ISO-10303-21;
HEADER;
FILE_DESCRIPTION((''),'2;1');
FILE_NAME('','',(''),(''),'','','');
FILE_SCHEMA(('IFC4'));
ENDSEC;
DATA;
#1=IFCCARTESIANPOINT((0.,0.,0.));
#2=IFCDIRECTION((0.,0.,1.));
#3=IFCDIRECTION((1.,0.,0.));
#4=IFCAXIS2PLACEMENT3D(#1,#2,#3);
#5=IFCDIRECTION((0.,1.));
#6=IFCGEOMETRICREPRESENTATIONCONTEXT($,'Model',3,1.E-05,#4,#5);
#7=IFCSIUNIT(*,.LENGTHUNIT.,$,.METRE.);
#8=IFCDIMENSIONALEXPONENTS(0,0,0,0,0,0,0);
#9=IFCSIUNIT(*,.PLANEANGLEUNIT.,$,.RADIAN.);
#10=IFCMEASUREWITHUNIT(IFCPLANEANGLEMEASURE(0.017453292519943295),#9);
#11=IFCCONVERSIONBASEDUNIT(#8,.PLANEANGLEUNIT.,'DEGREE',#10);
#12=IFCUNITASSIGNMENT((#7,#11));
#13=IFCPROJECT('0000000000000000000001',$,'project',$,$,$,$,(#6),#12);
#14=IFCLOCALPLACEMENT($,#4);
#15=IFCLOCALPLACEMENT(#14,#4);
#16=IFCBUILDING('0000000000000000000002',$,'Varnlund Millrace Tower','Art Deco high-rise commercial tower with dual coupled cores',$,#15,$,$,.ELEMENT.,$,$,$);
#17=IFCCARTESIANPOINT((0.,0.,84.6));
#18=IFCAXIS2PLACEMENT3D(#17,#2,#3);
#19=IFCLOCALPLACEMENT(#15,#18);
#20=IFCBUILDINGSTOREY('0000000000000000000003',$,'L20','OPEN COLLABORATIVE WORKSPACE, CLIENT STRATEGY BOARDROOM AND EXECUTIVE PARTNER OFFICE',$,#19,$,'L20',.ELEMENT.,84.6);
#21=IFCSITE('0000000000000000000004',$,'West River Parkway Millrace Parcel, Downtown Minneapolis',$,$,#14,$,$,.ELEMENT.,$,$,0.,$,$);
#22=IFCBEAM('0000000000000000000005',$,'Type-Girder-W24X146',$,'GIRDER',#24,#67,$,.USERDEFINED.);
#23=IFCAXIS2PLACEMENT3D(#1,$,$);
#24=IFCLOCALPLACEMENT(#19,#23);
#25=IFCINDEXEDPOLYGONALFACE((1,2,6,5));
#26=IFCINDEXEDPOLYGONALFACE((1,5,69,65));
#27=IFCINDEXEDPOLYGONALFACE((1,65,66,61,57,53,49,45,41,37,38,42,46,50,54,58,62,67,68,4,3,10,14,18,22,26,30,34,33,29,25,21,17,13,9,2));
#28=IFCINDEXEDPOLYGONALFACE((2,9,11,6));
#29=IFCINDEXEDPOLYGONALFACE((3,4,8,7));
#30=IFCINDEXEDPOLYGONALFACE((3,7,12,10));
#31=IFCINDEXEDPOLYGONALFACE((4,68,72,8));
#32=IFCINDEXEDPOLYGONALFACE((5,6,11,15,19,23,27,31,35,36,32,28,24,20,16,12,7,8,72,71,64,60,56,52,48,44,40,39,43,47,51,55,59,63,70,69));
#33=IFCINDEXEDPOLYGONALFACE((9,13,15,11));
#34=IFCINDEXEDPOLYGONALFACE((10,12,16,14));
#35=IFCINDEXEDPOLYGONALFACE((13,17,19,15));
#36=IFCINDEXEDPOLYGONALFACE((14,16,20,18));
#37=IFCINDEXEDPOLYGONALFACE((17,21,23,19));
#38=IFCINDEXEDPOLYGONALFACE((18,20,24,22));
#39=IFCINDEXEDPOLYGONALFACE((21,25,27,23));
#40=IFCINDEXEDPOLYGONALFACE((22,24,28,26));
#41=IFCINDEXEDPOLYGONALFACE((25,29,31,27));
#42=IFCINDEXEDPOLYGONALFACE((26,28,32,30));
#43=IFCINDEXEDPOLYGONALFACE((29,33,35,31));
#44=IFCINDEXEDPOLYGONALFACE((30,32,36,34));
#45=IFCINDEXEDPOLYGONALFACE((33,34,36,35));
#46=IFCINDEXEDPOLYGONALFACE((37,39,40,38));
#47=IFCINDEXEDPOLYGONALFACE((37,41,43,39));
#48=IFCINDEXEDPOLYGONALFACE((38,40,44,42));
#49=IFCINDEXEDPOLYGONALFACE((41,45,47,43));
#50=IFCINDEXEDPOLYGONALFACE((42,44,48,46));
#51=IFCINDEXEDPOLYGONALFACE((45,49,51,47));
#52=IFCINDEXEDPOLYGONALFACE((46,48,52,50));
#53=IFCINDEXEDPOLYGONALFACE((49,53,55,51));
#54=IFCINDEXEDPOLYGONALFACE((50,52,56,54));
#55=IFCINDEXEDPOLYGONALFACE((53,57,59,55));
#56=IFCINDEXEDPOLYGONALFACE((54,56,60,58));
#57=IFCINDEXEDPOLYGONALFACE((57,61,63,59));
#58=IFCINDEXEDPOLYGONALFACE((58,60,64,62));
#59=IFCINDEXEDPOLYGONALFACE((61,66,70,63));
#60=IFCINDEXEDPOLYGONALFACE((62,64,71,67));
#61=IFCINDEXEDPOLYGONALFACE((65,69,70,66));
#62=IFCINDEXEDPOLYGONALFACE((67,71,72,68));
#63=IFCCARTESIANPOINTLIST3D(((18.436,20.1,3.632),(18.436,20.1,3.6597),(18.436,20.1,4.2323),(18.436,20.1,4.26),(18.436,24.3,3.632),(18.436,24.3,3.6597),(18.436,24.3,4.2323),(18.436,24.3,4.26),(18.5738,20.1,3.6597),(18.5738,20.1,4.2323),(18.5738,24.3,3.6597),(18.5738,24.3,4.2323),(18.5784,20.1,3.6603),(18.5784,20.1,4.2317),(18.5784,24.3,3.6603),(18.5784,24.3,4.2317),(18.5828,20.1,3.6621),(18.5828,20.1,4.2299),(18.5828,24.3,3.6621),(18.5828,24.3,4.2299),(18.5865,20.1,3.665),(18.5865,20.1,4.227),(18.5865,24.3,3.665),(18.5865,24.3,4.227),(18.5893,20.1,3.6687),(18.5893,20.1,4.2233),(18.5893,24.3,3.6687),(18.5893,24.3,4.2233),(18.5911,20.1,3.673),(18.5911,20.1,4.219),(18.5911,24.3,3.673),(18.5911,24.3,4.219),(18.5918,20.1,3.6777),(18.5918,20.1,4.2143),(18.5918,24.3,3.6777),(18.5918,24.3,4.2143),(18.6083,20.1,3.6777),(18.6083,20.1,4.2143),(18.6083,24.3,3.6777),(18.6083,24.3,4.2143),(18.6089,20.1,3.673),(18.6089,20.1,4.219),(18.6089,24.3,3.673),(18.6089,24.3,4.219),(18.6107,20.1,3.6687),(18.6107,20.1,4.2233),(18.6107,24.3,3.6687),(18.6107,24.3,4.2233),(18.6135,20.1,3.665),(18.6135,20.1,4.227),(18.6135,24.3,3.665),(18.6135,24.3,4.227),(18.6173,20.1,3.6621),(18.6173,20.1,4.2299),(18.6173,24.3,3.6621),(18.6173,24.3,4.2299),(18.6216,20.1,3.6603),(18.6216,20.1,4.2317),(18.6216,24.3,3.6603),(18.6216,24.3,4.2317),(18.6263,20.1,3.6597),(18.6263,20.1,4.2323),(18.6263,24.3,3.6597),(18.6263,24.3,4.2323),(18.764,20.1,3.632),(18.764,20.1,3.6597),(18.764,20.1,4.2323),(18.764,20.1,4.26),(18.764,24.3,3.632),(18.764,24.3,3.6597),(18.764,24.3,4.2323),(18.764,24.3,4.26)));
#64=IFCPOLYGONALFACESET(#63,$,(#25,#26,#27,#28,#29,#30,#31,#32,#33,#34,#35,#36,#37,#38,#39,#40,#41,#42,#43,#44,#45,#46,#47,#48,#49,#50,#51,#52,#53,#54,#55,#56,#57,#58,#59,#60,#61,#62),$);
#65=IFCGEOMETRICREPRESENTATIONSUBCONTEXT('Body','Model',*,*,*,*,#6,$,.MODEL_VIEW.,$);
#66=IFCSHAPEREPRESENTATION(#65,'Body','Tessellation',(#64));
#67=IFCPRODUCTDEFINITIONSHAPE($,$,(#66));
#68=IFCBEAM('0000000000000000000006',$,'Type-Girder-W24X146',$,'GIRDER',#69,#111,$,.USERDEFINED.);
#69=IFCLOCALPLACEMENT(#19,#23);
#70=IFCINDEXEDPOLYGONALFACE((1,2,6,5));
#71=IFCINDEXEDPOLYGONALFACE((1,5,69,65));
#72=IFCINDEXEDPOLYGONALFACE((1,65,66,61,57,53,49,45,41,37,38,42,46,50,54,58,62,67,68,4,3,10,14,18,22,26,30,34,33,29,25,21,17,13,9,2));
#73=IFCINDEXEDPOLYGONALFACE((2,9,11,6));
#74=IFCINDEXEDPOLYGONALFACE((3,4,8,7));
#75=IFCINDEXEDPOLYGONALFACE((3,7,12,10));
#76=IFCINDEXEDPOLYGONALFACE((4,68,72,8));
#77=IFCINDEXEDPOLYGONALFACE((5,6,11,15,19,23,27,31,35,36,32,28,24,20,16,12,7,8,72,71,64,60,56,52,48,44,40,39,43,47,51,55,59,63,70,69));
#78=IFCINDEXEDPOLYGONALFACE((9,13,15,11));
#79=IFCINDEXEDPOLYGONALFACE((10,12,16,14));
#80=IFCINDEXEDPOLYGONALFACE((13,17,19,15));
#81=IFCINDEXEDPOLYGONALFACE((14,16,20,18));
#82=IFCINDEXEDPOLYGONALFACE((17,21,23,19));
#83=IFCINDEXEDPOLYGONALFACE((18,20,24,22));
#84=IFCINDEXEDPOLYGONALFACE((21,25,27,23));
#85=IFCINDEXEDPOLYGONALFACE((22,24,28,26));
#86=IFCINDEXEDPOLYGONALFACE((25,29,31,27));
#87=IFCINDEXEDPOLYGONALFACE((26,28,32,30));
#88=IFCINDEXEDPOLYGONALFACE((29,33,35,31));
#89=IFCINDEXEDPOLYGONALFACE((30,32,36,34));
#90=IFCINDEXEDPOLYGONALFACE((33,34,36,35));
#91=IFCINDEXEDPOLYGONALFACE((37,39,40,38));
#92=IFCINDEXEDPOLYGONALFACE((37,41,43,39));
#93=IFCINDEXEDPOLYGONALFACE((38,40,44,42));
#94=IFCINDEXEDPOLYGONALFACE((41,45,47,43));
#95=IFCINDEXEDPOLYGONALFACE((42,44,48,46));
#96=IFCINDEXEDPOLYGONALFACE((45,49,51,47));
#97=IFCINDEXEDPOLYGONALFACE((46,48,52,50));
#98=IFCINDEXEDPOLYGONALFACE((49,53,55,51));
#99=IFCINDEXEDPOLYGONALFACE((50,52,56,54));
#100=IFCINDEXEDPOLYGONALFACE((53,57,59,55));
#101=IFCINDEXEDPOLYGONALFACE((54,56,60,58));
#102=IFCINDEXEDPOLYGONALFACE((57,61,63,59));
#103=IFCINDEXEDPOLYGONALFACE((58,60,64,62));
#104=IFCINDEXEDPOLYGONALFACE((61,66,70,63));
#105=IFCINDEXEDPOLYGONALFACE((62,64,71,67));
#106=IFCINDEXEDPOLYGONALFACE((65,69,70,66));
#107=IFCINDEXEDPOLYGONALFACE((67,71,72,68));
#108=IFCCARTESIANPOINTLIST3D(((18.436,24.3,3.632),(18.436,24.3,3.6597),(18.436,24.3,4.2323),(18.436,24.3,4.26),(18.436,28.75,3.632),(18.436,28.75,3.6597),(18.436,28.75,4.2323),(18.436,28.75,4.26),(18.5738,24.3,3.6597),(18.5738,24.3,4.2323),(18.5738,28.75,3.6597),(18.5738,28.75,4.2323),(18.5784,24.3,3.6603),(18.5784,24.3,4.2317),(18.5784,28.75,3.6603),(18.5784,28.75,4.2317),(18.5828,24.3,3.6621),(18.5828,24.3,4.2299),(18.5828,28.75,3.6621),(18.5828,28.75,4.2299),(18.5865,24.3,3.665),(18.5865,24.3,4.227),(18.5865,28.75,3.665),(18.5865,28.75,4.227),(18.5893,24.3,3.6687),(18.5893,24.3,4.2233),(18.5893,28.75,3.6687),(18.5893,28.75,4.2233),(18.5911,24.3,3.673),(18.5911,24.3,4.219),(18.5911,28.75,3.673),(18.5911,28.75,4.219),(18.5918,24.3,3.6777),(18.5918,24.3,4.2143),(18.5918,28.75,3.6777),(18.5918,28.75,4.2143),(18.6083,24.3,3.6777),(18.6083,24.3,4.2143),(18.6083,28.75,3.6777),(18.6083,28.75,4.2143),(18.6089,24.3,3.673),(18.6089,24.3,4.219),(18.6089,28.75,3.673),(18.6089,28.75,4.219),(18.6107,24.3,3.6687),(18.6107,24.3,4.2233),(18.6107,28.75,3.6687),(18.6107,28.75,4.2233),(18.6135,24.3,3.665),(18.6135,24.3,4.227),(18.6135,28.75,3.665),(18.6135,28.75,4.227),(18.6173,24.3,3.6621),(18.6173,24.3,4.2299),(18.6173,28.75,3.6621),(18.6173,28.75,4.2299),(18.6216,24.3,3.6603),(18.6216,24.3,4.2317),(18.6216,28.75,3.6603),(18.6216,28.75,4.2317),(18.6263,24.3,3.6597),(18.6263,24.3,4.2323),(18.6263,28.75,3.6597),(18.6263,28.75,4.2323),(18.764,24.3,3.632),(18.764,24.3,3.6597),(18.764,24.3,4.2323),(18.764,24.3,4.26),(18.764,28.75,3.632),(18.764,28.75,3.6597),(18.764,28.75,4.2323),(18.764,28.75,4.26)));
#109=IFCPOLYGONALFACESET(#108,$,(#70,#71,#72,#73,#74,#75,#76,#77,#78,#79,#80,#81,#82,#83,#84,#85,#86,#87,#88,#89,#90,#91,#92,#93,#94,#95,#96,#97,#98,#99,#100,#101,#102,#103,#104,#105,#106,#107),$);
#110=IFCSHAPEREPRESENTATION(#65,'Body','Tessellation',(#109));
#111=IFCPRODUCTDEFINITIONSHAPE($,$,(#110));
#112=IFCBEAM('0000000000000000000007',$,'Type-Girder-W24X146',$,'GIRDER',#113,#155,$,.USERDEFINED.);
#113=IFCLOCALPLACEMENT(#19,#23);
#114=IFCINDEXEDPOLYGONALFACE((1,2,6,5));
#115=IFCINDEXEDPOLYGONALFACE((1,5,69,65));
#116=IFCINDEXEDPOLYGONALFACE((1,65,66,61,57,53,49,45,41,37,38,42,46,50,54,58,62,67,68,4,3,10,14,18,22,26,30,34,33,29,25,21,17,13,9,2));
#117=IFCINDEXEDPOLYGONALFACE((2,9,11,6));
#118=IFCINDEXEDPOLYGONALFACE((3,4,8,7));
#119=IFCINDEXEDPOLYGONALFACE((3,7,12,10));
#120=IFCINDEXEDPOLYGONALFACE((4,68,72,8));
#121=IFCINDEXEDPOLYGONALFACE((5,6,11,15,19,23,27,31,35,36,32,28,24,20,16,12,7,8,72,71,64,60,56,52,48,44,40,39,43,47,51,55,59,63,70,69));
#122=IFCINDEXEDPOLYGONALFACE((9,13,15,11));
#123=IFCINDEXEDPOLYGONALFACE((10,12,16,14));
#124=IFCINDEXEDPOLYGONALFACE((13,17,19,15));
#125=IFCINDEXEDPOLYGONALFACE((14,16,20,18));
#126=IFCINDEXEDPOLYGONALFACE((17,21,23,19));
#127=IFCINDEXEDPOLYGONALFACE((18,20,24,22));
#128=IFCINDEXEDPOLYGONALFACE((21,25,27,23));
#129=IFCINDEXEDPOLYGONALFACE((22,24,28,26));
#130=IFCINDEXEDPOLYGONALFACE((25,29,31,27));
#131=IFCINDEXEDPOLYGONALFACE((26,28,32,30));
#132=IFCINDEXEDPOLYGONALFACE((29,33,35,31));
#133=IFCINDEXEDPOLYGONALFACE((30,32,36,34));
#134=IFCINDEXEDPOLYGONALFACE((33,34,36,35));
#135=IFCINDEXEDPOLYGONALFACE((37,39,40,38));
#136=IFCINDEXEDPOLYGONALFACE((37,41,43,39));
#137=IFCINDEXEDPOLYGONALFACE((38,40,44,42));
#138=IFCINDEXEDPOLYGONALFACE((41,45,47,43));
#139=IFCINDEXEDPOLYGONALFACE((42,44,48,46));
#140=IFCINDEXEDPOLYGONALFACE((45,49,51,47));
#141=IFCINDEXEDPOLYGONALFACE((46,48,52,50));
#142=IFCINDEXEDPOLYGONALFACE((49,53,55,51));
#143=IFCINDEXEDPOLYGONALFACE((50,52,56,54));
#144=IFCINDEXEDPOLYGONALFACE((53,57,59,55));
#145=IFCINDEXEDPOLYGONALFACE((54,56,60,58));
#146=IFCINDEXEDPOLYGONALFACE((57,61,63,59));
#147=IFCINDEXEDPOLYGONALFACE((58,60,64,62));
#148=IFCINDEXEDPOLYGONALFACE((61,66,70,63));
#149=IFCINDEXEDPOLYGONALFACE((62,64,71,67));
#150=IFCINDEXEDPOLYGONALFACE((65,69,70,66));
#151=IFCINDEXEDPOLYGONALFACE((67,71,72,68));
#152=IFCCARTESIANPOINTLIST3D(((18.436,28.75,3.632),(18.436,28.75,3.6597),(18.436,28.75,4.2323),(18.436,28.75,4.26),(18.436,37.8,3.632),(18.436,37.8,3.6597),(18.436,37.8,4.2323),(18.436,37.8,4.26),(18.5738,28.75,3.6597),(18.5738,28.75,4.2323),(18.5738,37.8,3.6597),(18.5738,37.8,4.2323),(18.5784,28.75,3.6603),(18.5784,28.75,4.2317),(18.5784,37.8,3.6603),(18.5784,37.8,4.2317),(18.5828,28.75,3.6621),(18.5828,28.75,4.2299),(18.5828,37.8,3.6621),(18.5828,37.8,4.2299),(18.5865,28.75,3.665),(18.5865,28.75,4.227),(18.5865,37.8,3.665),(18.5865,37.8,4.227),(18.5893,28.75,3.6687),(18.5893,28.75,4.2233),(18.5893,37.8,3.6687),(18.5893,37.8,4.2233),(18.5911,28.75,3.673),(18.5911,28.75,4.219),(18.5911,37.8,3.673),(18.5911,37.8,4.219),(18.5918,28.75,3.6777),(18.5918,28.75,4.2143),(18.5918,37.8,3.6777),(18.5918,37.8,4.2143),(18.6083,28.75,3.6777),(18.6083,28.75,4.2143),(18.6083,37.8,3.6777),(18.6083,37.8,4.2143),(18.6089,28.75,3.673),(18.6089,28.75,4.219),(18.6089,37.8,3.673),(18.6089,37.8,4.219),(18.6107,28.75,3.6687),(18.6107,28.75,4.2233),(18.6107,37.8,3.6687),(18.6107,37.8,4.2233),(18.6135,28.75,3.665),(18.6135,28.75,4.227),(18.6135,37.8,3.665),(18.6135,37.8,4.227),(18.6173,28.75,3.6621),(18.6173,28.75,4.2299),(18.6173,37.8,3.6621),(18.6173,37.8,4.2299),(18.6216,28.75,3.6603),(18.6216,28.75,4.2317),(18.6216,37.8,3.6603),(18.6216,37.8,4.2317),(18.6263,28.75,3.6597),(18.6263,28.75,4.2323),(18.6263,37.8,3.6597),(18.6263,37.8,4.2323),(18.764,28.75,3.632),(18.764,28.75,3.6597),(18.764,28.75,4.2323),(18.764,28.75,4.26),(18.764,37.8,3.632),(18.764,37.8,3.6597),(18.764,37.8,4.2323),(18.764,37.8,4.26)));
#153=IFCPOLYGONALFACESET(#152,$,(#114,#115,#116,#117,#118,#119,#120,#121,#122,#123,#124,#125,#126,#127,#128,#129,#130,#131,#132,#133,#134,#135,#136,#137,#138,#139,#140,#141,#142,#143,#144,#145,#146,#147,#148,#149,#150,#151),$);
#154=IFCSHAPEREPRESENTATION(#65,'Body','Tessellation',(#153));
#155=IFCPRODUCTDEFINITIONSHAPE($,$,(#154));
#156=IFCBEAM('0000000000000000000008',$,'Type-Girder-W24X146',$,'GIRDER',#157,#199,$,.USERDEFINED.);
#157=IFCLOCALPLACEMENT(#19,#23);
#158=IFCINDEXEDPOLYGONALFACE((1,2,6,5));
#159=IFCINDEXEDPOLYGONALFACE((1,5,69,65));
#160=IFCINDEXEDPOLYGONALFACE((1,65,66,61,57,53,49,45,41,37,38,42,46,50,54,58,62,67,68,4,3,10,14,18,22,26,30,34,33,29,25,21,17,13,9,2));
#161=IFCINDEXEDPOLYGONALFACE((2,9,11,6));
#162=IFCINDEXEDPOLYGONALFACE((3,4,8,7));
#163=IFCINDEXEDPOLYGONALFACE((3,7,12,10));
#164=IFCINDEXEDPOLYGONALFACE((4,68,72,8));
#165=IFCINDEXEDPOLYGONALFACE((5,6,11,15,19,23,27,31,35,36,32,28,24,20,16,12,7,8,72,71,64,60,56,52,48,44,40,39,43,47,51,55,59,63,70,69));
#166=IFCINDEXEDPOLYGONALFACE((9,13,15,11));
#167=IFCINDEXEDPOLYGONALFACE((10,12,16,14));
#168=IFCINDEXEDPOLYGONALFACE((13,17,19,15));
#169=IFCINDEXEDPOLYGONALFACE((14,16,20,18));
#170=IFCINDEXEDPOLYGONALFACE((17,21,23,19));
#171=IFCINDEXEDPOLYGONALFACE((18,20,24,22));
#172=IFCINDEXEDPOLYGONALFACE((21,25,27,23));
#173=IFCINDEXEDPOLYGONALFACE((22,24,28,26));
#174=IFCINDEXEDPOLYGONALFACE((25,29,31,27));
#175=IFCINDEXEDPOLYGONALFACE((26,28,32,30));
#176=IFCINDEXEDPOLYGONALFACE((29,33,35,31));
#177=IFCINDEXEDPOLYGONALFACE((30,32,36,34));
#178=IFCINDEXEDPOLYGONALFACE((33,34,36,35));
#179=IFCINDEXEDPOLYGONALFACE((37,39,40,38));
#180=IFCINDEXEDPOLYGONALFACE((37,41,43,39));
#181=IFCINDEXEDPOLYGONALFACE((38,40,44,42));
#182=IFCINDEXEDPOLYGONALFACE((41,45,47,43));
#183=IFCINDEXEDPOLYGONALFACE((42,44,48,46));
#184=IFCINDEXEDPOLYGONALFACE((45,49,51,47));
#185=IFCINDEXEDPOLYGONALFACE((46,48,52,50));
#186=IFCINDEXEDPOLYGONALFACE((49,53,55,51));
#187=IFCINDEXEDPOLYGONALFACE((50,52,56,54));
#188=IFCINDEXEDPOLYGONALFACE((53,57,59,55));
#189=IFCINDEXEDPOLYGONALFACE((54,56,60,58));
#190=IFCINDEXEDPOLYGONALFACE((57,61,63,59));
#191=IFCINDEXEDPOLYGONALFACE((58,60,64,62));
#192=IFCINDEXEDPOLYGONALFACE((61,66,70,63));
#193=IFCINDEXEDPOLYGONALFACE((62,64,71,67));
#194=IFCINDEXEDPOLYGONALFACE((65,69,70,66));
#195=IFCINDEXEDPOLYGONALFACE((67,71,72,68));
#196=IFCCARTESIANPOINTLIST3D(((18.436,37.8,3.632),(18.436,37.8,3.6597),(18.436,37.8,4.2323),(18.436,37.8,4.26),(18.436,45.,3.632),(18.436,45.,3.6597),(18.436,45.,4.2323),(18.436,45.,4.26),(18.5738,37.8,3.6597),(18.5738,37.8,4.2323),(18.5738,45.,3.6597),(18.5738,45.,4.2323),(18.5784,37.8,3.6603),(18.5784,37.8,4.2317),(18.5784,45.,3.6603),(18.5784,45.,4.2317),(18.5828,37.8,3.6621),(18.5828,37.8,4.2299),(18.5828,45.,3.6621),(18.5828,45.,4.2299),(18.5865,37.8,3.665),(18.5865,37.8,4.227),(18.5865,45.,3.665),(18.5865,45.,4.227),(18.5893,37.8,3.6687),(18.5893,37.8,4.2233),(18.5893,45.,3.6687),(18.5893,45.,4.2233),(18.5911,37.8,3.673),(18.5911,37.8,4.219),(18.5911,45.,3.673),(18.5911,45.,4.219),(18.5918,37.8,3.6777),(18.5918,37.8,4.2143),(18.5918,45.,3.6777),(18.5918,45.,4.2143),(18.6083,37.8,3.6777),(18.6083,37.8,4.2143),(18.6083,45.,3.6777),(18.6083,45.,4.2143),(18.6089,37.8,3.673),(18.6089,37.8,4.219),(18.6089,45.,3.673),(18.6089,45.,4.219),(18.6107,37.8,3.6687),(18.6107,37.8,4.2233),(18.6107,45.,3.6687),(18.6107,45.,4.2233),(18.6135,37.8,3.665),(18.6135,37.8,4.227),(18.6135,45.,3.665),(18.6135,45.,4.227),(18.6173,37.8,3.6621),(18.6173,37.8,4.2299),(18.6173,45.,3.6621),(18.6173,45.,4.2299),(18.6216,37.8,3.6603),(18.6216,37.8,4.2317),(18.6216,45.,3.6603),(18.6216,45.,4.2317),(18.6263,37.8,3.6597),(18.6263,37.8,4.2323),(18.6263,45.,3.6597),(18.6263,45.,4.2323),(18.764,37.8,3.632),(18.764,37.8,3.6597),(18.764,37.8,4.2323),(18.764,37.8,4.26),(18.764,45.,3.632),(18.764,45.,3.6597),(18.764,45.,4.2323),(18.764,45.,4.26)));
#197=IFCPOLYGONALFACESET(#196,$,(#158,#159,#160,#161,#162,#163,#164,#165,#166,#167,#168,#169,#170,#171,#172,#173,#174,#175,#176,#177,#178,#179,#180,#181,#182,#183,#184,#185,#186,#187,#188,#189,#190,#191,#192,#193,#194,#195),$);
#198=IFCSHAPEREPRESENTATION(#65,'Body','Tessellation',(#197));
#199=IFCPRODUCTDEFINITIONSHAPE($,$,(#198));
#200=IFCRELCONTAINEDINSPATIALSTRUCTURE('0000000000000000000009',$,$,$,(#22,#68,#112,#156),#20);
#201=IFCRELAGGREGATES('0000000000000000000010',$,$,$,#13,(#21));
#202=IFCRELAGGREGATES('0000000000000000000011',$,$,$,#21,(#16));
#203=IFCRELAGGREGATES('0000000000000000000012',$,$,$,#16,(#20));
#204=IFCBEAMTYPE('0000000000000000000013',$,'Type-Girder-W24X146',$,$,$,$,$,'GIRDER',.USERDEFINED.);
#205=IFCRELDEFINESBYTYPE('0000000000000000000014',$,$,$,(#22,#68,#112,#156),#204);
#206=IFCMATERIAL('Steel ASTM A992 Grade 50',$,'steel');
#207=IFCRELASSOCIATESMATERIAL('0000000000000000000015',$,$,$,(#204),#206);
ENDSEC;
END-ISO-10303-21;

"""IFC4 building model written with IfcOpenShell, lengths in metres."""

from ifc_helpers import new_model, entity, si_unit, converted_unit, direction, frame, origin_with_axes, origin_2d_with_axis, place, context, subcontext, project, spatial, i_section, extrude, material, material_profile, profile_set, type_object, element, save


model = new_model("IFC4")

# Units and contexts
model_context = context("Model", 3, precision=1e-05, world=origin_with_axes(), true_north=direction((0.0, 1.0)))
body_context = subcontext(model_context, "Body", "Model", "MODEL_VIEW")
ifc_project = project(units=[si_unit("LENGTHUNIT", "METRE"), converted_unit("PLANEANGLEUNIT", "DEGREE", entity("IfcPlaneAngleMeasure", 0.017453292519943295), si_unit("PLANEANGLEUNIT", "RADIAN"), dimensions=[0, 0, 0, 0, 0, 0, 0])], contexts=[model_context])

# Site, building, storey
site_placement = place(None, origin_with_axes())
site = spatial("IfcSite", under=ifc_project, at=site_placement, Name="West River Parkway Millrace Parcel, Downtown Minneapolis", CompositionType="ELEMENT", RefElevation=0.0)
building_placement = place(site_placement, origin_with_axes())
building = spatial("IfcBuilding", under=site, at=building_placement, Name="Varnlund Millrace Tower", Description="Art Deco high-rise commercial tower with dual coupled cores", CompositionType="ELEMENT")
storey_placement = place(building_placement, frame((0.0, 0.0, 84.6), z_axis=(0.0, 0.0, 1.0), x_axis=(1.0, 0.0, 0.0)))
storey = spatial("IfcBuildingStorey", under=building, at=storey_placement, Name="L20", Description="OPEN COLLABORATIVE WORKSPACE, CLIENT STRATEGY BOARDROOM AND EXECUTIVE PARTNER OFFICE", LongName="L20", CompositionType="ELEMENT", Elevation=84.6)

# Beams
ifc_material_1 = material(Name="Steel ASTM A992 Grade 50", Category="steel")
ifc_material_profile_1 = material_profile(ifc_material_1, i_section(OverallWidth=0.328, OverallDepth=0.628, WebThickness=0.0165, FlangeThickness=0.0277, FilletRadius=0.018, at=origin_2d_with_axis()), Name="Steel ASTM A992 Grade 50")
ifc_profile_set_1 = profile_set([ifc_material_profile_1], Name="Steel ASTM A992 Grade 50")
beam_type_1 = type_object("IfcBeamType", Name="Type-Girder-W24X146", ElementType="GIRDER", PredefinedType="USERDEFINED", material=ifc_profile_set_1)
beam_1_placement = place(storey_placement, frame((18.6, 20.1, 3.946), z_axis=(0.0, 1.0, 0.0), x_axis=(-1.0, 0.0, 0.0)))
element("IfcBeam", 1, at=beam_1_placement, inside=storey, type_object=beam_type_1, Name="Type-Girder-W24X146", ObjectType="GIRDER", PredefinedType="USERDEFINED", context=body_context, shape_type="SweptSolid", body=[
    extrude(i_section(OverallWidth=0.328, OverallDepth=0.628, WebThickness=0.0165, FlangeThickness=0.0277, FilletRadius=0.018, at=origin_2d_with_axis()), origin_with_axes(), (0.0, 0.0, 1.0), 4.2),
])
beam_2_placement = place(storey_placement, frame((18.6, 24.3, 3.946), z_axis=(0.0, 1.0, 0.0), x_axis=(-1.0, 0.0, 0.0)))
element("IfcBeam", 2, at=beam_2_placement, inside=storey, type_object=beam_type_1, Name="Type-Girder-W24X146", ObjectType="GIRDER", PredefinedType="USERDEFINED", context=body_context, shape_type="SweptSolid", body=[
    extrude(i_section(OverallWidth=0.328, OverallDepth=0.628, WebThickness=0.0165, FlangeThickness=0.0277, FilletRadius=0.018, at=origin_2d_with_axis()), origin_with_axes(), (0.0, 0.0, 1.0), 4.45),
])
beam_3_placement = place(storey_placement, frame((18.6, 28.75, 3.946), z_axis=(0.0, 1.0, 0.0), x_axis=(-1.0, 0.0, 0.0)))
element("IfcBeam", 3, at=beam_3_placement, inside=storey, type_object=beam_type_1, Name="Type-Girder-W24X146", ObjectType="GIRDER", PredefinedType="USERDEFINED", context=body_context, shape_type="SweptSolid", body=[
    extrude(i_section(OverallWidth=0.328, OverallDepth=0.628, WebThickness=0.0165, FlangeThickness=0.0277, FilletRadius=0.018, at=origin_2d_with_axis()), origin_with_axes(), (0.0, 0.0, 1.0), 9.05),
])
beam_4_placement = place(storey_placement, frame((18.6, 37.8, 3.946), z_axis=(0.0, 1.0, 0.0), x_axis=(-1.0, 0.0, 0.0)))
element("IfcBeam", 4, at=beam_4_placement, inside=storey, type_object=beam_type_1, Name="Type-Girder-W24X146", ObjectType="GIRDER", PredefinedType="USERDEFINED", context=body_context, shape_type="SweptSolid", body=[
    extrude(i_section(OverallWidth=0.328, OverallDepth=0.628, WebThickness=0.0165, FlangeThickness=0.0277, FilletRadius=0.018, at=origin_2d_with_axis()), origin_with_axes(), (0.0, 0.0, 1.0), 7.2),
])

save(model, "model.ifc")
